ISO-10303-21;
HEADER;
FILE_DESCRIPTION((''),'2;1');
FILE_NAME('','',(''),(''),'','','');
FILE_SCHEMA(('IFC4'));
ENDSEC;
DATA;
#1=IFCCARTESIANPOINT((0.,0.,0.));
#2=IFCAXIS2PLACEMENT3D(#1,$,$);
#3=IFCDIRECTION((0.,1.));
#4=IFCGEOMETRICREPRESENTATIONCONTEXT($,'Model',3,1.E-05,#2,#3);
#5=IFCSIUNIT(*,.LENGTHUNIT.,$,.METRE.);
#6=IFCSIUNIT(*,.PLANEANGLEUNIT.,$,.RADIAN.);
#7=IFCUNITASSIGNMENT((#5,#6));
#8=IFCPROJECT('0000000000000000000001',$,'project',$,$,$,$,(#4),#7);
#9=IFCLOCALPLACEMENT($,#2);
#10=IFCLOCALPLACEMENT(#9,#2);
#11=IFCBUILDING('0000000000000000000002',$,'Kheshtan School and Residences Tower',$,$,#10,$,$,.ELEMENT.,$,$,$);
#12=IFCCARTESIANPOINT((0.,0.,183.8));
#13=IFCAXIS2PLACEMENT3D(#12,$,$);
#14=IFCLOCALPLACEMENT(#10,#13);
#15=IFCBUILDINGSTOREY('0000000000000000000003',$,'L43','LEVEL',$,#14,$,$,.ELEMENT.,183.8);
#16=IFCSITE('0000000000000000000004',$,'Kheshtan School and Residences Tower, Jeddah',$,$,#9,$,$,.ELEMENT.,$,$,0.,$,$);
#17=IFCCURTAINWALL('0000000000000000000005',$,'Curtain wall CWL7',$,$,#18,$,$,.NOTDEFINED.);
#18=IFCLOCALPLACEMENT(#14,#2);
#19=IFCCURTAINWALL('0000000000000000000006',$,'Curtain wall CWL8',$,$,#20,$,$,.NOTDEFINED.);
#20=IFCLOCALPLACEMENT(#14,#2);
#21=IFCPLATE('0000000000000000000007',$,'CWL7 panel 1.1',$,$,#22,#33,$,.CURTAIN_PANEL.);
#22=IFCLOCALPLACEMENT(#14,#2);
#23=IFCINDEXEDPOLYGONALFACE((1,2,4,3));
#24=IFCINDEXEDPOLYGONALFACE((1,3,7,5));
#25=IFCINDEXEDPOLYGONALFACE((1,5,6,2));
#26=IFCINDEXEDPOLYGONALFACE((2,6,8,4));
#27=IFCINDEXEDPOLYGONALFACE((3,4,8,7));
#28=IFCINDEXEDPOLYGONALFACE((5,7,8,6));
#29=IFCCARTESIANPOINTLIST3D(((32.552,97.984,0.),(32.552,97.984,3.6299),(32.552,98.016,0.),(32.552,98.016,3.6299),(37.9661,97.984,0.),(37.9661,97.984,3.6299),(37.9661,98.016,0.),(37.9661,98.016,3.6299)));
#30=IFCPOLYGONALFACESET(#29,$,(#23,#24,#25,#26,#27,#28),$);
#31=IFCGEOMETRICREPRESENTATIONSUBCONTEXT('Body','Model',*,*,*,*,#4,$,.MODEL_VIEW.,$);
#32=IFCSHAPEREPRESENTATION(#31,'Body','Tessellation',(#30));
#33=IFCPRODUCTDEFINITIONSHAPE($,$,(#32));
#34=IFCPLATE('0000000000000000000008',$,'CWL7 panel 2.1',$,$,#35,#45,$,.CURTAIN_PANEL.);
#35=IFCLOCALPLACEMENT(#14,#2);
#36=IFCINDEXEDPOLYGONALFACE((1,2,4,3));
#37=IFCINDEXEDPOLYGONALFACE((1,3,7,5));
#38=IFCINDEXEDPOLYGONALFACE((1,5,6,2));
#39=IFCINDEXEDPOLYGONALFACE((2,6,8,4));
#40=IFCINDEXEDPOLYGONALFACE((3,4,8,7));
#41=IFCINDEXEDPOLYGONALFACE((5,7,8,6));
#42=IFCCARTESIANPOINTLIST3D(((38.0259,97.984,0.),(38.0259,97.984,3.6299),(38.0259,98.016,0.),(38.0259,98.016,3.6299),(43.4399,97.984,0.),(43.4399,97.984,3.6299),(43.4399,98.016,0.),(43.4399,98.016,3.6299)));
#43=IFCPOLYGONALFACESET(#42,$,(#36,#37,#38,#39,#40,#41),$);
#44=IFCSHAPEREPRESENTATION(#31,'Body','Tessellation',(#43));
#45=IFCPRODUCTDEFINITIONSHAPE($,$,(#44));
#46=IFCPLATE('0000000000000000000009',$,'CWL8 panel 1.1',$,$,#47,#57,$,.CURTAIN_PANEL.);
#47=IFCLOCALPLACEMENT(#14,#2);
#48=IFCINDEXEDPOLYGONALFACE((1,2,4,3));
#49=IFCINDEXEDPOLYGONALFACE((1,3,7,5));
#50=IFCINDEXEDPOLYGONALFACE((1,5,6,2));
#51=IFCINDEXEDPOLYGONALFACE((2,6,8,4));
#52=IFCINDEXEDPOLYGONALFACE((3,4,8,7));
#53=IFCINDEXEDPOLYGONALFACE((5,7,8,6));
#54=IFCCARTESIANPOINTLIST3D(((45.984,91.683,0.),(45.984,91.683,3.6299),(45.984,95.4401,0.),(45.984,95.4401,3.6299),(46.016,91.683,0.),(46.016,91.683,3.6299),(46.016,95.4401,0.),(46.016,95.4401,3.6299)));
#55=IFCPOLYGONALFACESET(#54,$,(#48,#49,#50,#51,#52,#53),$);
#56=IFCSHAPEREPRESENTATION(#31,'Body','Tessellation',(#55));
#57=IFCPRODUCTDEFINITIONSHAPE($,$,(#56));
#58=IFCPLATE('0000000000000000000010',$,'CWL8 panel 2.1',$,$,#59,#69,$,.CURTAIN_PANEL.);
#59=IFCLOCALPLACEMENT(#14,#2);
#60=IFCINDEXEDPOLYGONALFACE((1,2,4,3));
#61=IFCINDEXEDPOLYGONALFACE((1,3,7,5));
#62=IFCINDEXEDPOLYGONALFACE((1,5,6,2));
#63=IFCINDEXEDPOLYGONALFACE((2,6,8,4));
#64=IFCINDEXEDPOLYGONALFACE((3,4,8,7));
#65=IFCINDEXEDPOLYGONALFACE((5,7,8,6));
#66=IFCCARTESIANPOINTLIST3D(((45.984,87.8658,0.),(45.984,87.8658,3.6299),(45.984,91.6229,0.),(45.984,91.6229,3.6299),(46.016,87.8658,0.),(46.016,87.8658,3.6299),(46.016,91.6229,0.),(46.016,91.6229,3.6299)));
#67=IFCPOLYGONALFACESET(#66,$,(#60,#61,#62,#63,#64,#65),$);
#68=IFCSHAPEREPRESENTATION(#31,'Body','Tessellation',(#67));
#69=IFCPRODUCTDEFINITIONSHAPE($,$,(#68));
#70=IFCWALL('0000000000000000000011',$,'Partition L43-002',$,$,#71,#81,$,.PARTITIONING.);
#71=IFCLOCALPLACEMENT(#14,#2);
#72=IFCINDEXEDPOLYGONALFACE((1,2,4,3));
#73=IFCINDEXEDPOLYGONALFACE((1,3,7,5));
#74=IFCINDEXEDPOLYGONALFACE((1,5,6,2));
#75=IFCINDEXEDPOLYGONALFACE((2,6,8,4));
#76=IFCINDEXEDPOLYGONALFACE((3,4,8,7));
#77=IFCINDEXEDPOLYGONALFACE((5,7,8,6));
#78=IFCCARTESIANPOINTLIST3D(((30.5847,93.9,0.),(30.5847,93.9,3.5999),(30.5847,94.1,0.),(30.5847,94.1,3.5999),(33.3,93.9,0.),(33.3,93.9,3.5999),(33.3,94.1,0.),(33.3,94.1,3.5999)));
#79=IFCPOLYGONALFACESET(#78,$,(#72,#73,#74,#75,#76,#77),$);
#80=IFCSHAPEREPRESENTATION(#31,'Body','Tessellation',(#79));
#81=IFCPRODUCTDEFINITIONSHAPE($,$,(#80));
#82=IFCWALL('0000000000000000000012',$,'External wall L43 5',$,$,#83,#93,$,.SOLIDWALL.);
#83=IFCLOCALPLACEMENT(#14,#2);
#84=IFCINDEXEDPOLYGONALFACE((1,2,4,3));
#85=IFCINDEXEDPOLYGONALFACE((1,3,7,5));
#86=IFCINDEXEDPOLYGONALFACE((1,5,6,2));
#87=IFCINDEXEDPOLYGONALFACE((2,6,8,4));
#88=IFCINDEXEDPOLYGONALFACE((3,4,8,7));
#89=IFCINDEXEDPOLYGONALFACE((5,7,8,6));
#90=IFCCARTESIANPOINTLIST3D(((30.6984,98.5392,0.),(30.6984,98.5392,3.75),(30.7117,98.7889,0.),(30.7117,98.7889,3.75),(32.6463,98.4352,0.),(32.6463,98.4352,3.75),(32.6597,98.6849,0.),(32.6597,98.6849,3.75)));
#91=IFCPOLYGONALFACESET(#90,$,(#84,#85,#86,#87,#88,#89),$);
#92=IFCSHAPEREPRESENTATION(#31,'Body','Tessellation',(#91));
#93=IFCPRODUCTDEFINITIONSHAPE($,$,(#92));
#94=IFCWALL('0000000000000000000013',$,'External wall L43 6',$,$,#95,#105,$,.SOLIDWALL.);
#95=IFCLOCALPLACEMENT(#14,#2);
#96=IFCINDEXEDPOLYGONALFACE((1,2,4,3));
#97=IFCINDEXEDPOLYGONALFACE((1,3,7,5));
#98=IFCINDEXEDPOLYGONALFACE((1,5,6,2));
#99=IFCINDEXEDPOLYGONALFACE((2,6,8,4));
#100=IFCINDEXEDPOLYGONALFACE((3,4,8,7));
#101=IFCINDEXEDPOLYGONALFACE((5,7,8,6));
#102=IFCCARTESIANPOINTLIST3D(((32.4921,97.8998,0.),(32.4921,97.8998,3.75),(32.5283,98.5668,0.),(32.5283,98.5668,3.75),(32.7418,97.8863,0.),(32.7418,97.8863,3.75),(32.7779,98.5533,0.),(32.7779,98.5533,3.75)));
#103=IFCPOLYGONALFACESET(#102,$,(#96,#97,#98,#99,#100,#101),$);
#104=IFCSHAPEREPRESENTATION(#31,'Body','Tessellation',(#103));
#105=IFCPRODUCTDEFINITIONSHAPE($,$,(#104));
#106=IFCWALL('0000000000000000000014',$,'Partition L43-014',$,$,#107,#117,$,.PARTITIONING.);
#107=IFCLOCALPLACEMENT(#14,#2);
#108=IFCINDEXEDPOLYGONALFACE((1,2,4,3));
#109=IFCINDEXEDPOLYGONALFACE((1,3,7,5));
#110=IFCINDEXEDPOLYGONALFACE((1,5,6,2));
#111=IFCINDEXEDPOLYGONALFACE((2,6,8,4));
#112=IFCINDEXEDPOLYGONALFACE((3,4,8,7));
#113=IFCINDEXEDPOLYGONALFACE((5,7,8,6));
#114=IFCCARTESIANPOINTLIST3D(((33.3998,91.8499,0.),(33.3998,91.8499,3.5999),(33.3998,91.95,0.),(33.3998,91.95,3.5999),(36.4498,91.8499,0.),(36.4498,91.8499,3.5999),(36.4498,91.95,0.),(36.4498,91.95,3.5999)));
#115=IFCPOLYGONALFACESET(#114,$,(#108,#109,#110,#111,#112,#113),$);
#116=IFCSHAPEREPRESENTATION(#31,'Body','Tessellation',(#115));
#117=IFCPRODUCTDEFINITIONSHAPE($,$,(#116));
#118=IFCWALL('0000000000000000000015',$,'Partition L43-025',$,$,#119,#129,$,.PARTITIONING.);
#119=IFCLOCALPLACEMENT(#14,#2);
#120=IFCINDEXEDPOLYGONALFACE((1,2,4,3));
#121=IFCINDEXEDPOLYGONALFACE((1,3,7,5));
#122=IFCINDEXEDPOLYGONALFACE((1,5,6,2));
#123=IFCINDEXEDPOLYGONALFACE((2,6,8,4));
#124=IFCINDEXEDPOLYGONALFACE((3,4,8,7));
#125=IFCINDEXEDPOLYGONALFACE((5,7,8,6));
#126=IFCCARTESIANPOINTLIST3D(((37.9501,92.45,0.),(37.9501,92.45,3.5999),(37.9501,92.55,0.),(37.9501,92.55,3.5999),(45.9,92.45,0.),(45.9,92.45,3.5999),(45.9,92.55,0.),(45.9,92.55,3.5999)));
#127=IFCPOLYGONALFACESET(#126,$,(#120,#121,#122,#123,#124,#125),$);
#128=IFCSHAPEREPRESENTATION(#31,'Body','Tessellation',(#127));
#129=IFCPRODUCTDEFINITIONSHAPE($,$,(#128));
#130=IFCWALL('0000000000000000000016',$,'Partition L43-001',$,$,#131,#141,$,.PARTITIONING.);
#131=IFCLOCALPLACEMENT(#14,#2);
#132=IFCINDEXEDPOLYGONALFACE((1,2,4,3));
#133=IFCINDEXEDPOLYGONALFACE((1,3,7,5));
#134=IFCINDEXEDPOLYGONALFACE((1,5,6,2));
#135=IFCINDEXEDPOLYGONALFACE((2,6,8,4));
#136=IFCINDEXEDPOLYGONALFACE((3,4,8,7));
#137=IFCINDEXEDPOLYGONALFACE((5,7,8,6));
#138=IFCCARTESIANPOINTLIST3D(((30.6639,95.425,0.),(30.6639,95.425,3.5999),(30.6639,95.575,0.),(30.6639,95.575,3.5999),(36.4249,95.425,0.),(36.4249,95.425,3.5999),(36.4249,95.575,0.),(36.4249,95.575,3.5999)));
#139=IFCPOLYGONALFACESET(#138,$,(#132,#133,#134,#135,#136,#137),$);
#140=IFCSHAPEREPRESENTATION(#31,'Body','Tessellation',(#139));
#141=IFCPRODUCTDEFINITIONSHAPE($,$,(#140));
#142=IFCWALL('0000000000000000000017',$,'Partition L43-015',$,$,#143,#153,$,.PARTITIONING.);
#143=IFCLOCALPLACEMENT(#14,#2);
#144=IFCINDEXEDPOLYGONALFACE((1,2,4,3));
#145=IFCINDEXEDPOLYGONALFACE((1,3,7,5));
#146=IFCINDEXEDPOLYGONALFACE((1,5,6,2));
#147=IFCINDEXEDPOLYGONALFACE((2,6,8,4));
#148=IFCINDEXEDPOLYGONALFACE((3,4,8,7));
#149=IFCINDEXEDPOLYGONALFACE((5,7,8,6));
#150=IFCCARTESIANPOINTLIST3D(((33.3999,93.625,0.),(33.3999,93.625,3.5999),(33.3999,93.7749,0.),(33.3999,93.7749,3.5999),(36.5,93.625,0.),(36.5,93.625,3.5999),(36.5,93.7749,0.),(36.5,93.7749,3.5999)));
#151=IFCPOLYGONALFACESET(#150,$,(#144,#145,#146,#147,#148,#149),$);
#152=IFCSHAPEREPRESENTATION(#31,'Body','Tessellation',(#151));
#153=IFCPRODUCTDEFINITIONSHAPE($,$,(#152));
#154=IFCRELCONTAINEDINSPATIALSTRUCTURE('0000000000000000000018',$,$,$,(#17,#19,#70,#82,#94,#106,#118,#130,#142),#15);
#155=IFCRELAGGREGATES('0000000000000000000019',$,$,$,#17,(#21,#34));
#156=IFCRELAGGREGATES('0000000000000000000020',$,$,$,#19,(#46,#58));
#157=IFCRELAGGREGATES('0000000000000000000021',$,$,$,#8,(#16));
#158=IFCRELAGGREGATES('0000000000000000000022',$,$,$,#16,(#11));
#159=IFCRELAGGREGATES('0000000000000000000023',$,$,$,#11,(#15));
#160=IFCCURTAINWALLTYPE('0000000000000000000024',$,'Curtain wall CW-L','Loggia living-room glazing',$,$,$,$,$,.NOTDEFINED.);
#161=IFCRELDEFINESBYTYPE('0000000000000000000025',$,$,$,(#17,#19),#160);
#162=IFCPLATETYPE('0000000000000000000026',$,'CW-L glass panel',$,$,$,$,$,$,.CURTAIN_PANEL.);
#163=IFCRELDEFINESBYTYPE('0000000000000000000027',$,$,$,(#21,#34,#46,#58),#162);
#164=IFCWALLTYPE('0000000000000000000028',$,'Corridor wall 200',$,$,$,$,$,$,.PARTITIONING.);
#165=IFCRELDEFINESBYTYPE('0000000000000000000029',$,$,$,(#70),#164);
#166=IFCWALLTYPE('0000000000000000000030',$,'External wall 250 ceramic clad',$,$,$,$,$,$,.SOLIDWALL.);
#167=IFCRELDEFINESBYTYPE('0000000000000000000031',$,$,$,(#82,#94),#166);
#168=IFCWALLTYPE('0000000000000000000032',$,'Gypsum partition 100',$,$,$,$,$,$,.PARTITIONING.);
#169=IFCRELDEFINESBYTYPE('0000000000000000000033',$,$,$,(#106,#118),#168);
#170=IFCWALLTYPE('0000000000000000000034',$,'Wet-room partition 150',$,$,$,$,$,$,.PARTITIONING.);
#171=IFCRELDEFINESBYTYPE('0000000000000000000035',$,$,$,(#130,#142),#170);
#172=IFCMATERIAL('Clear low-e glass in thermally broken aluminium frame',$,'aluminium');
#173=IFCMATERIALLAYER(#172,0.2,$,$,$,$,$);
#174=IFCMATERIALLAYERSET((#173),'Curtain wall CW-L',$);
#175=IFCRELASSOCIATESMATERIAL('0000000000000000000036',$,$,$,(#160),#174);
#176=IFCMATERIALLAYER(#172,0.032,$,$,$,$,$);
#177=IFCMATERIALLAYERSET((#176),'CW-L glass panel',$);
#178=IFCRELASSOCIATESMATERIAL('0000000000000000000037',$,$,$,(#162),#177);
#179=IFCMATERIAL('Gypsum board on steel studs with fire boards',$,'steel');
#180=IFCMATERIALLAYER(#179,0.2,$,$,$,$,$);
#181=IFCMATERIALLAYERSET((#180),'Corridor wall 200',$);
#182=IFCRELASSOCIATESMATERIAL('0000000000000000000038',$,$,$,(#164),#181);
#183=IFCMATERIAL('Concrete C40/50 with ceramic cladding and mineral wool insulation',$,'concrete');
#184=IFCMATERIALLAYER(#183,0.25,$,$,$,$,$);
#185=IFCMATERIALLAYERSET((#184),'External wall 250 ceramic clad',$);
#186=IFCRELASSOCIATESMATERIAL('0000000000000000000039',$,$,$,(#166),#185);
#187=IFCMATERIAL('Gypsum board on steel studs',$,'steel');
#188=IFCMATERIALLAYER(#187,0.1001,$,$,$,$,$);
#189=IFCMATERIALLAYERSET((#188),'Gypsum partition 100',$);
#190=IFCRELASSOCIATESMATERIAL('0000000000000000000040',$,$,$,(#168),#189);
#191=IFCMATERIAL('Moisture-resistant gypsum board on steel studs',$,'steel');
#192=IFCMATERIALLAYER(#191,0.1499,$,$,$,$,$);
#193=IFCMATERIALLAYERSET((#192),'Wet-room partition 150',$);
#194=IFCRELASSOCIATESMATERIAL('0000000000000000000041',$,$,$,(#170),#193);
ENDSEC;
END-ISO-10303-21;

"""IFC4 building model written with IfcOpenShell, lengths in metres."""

from ifc_helpers import new_model, si_unit, direction, frame, frame_2d, origin, origin_2d, place, context, subcontext, project, spatial, rectangle, extrude, material, layer, layer_set, type_object, element, aggregate, save


model = new_model("IFC4")

# Units and contexts
model_context = context("Model", 3, precision=1e-05, world=origin(), true_north=direction((0.0, 1.0)))
body_context = subcontext(model_context, "Body", "Model", "MODEL_VIEW")
ifc_project = project(units=[si_unit("LENGTHUNIT", "METRE"), si_unit("PLANEANGLEUNIT", "RADIAN")], contexts=[model_context])

# Site, building, storey
site_placement = place(None, origin())
site = spatial("IfcSite", under=ifc_project, at=site_placement, Name="Kheshtan School and Residences Tower, Jeddah", CompositionType="ELEMENT", RefElevation=0.0)
building_placement = place(site_placement, origin())
building = spatial("IfcBuilding", under=site, at=building_placement, Name="Kheshtan School and Residences Tower", CompositionType="ELEMENT")
storey_placement = place(building_placement, frame((0.0, 0.0, 183.8)))
storey = spatial("IfcBuildingStorey", under=building, at=storey_placement, Name="L43", Description="LEVEL", CompositionType="ELEMENT", Elevation=183.8)

# Curtain walls
ifc_material_1 = material(Name="Clear low-e glass in thermally broken aluminium frame", Category="aluminium")
ifc_layer_1 = layer(ifc_material_1, 0.2)
ifc_layer_set_1 = layer_set([ifc_layer_1], Name="Curtain wall CW-L")
curtain_wall_type = type_object("IfcCurtainWallType", Name="Curtain wall CW-L", Description="Loggia living-room glazing", PredefinedType="NOTDEFINED", material=ifc_layer_set_1)
curtain_wall_1_placement = place(storey_placement, origin())
curtain_wall_1 = element("IfcCurtainWall", 1, at=curtain_wall_1_placement, inside=storey, type_object=curtain_wall_type, Name="Curtain wall CWL7", PredefinedType="NOTDEFINED")
curtain_wall_2_placement = place(storey_placement, origin())
curtain_wall_2 = element("IfcCurtainWall", 2, at=curtain_wall_2_placement, inside=storey, type_object=curtain_wall_type, Name="Curtain wall CWL8", PredefinedType="NOTDEFINED")

# Plates
ifc_layer_2 = layer(ifc_material_1, 0.032)
ifc_layer_set_2 = layer_set([ifc_layer_2], Name="CW-L glass panel")
plate_type = type_object("IfcPlateType", Name="CW-L glass panel", PredefinedType="CURTAIN_PANEL", material=ifc_layer_set_2)
plate_1_placement = place(storey_placement, frame((35.259, 98.0, 0.0), z_axis=(0.0, 0.0, 1.0), x_axis=(1.0, 0.0, 0.0)))
plate_1 = element("IfcPlate", 3, at=plate_1_placement, type_object=plate_type, Name="CWL7 panel 1.1", PredefinedType="CURTAIN_PANEL", context=body_context, shape_type="SweptSolid", body=[
    extrude(rectangle(XDim=5.4141, YDim=0.032, at=origin_2d()), origin(), (0.0, 0.0, 1.0), 3.6299),
])
plate_2_placement = place(storey_placement, frame((40.7329, 98.0, 0.0), z_axis=(0.0, 0.0, 1.0), x_axis=(1.0, 0.0, 0.0)))
plate_2 = element("IfcPlate", 4, at=plate_2_placement, type_object=plate_type, Name="CWL7 panel 2.1", PredefinedType="CURTAIN_PANEL", context=body_context, shape_type="SweptSolid", body=[
    extrude(rectangle(XDim=5.4141, YDim=0.032, at=origin_2d()), origin(), (0.0, 0.0, 1.0), 3.6299),
])
aggregate(curtain_wall_1, [plate_1, plate_2])
plate_3_placement = place(storey_placement, frame((46.0, 93.5615, 0.0), z_axis=(0.0, 0.0, 1.0), x_axis=(0.0, -1.0, 0.0)))
plate_3 = element("IfcPlate", 5, at=plate_3_placement, type_object=plate_type, Name="CWL8 panel 1.1", PredefinedType="CURTAIN_PANEL", context=body_context, shape_type="SweptSolid", body=[
    extrude(rectangle(XDim=3.7571, YDim=0.032, at=origin_2d()), origin(), (0.0, 0.0, 1.0), 3.6299),
])
plate_4_placement = place(storey_placement, frame((46.0, 89.7444, 0.0), z_axis=(0.0, 0.0, 1.0), x_axis=(0.0, -1.0, 0.0)))
plate_4 = element("IfcPlate", 6, at=plate_4_placement, type_object=plate_type, Name="CWL8 panel 2.1", PredefinedType="CURTAIN_PANEL", context=body_context, shape_type="SweptSolid", body=[
    extrude(rectangle(XDim=3.7571, YDim=0.032, at=origin_2d()), origin(), (0.0, 0.0, 1.0), 3.6299),
])
aggregate(curtain_wall_2, [plate_3, plate_4])

# Walls
ifc_material_2 = material(Name="Gypsum board on steel studs with fire boards", Category="steel")
ifc_layer_3 = layer(ifc_material_2, 0.2)
ifc_layer_set_3 = layer_set([ifc_layer_3], Name="Corridor wall 200")
wall_type_1 = type_object("IfcWallType", Name="Corridor wall 200", PredefinedType="PARTITIONING", material=ifc_layer_set_3)
wall_1_placement = place(storey_placement, frame((30.5847, 94.0, 0.0), z_axis=(0.0, 0.0, 1.0), x_axis=(1.0, 0.0, 0.0)))
element("IfcWall", 7, at=wall_1_placement, inside=storey, type_object=wall_type_1, Name="Partition L43-002", PredefinedType="PARTITIONING", context=body_context, shape_type="SweptSolid", body=[
    extrude(rectangle(XDim=2.7153, YDim=0.2, at=frame_2d((1.3577, 0.0))), origin(), (0.0, 0.0, 1.0), 3.5999),
])
ifc_material_3 = material(Name="Concrete C40/50 with ceramic cladding and mineral wool insulation", Category="concrete")
ifc_layer_4 = layer(ifc_material_3, 0.25)
ifc_layer_set_4 = layer_set([ifc_layer_4], Name="External wall 250 ceramic clad")
wall_type_2 = type_object("IfcWallType", Name="External wall 250 ceramic clad", PredefinedType="SOLIDWALL", material=ifc_layer_set_4)
wall_2_placement = place(storey_placement, frame((30.7051, 98.6641, 0.0), z_axis=(0.0, 0.0, 1.0), x_axis=(0.998578, -0.053314, 0.0)))
element("IfcWall", 8, at=wall_2_placement, inside=storey, type_object=wall_type_2, Name="External wall L43 5", PredefinedType="SOLIDWALL", context=body_context, shape_type="SweptSolid", body=[
    extrude(rectangle(XDim=1.9507, YDim=0.25, at=frame_2d((0.9753, 0.0))), origin(), (0.0, 0.0, 1.0), 3.75),
])
wall_3_placement = place(storey_placement, frame((32.6531, 98.5601, 0.0), z_axis=(0.0, 0.0, 1.0), x_axis=(-0.054093, -0.998536, 0.0)))
element("IfcWall", 9, at=wall_3_placement, inside=storey, type_object=wall_type_2, Name="External wall L43 6", PredefinedType="SOLIDWALL", context=body_context, shape_type="SweptSolid", body=[
    extrude(rectangle(XDim=0.668, YDim=0.25, at=frame_2d((0.334, 0.0))), origin(), (0.0, 0.0, 1.0), 3.75),
])

# Walls
ifc_material_4 = material(Name="Gypsum board on steel studs", Category="steel")
ifc_layer_5 = layer(ifc_material_4, 0.1001)
ifc_layer_set_5 = layer_set([ifc_layer_5], Name="Gypsum partition 100")
wall_type_3 = type_object("IfcWallType", Name="Gypsum partition 100", PredefinedType="PARTITIONING", material=ifc_layer_set_5)
wall_4_placement = place(storey_placement, frame((33.3999, 91.8999, 0.0), z_axis=(0.0, 0.0, 1.0), x_axis=(1.0, 0.0, 0.0)))
element("IfcWall", 10, at=wall_4_placement, inside=storey, type_object=wall_type_3, Name="Partition L43-014", PredefinedType="PARTITIONING", context=body_context, shape_type="SweptSolid", body=[
    extrude(rectangle(XDim=3.05, YDim=0.1001, at=frame_2d((1.5249, 0.0))), origin(), (0.0, 0.0, 1.0), 3.5999),
])
wall_5_placement = place(storey_placement, frame((37.95, 92.5, 0.0), z_axis=(0.0, 0.0, 1.0), x_axis=(1.0, 0.0, 0.0)))
element("IfcWall", 11, at=wall_5_placement, inside=storey, type_object=wall_type_3, Name="Partition L43-025", PredefinedType="PARTITIONING", context=body_context, shape_type="SweptSolid", body=[
    extrude(rectangle(XDim=7.95, YDim=0.1001, at=frame_2d((3.9751, 0.0))), origin(), (0.0, 0.0, 1.0), 3.5999),
])
ifc_material_5 = material(Name="Moisture-resistant gypsum board on steel studs", Category="steel")
ifc_layer_6 = layer(ifc_material_5, 0.1499)
ifc_layer_set_6 = layer_set([ifc_layer_6], Name="Wet-room partition 150")
wall_type_4 = type_object("IfcWallType", Name="Wet-room partition 150", PredefinedType="PARTITIONING", material=ifc_layer_set_6)
wall_6_placement = place(storey_placement, frame((30.6641, 95.5, 0.0), z_axis=(0.0, 0.0, 1.0), x_axis=(1.0, 0.0, 0.0)))
element("IfcWall", 12, at=wall_6_placement, inside=storey, type_object=wall_type_4, Name="Partition L43-001", PredefinedType="PARTITIONING", context=body_context, shape_type="SweptSolid", body=[
    extrude(rectangle(XDim=5.761, YDim=0.1499, at=frame_2d((2.8804, 0.0))), origin(), (0.0, 0.0, 1.0), 3.5999),
])
wall_7_placement = place(storey_placement, frame((33.3999, 93.7, 0.0), z_axis=(0.0, 0.0, 1.0), x_axis=(1.0, 0.0, 0.0)))
element("IfcWall", 13, at=wall_7_placement, inside=storey, type_object=wall_type_4, Name="Partition L43-015", PredefinedType="PARTITIONING", context=body_context, shape_type="SweptSolid", body=[
    extrude(rectangle(XDim=3.1001, YDim=0.1499, at=frame_2d((1.55, 0.0))), origin(), (0.0, 0.0, 1.0), 3.5999),
])

save(model, "model.ifc")
